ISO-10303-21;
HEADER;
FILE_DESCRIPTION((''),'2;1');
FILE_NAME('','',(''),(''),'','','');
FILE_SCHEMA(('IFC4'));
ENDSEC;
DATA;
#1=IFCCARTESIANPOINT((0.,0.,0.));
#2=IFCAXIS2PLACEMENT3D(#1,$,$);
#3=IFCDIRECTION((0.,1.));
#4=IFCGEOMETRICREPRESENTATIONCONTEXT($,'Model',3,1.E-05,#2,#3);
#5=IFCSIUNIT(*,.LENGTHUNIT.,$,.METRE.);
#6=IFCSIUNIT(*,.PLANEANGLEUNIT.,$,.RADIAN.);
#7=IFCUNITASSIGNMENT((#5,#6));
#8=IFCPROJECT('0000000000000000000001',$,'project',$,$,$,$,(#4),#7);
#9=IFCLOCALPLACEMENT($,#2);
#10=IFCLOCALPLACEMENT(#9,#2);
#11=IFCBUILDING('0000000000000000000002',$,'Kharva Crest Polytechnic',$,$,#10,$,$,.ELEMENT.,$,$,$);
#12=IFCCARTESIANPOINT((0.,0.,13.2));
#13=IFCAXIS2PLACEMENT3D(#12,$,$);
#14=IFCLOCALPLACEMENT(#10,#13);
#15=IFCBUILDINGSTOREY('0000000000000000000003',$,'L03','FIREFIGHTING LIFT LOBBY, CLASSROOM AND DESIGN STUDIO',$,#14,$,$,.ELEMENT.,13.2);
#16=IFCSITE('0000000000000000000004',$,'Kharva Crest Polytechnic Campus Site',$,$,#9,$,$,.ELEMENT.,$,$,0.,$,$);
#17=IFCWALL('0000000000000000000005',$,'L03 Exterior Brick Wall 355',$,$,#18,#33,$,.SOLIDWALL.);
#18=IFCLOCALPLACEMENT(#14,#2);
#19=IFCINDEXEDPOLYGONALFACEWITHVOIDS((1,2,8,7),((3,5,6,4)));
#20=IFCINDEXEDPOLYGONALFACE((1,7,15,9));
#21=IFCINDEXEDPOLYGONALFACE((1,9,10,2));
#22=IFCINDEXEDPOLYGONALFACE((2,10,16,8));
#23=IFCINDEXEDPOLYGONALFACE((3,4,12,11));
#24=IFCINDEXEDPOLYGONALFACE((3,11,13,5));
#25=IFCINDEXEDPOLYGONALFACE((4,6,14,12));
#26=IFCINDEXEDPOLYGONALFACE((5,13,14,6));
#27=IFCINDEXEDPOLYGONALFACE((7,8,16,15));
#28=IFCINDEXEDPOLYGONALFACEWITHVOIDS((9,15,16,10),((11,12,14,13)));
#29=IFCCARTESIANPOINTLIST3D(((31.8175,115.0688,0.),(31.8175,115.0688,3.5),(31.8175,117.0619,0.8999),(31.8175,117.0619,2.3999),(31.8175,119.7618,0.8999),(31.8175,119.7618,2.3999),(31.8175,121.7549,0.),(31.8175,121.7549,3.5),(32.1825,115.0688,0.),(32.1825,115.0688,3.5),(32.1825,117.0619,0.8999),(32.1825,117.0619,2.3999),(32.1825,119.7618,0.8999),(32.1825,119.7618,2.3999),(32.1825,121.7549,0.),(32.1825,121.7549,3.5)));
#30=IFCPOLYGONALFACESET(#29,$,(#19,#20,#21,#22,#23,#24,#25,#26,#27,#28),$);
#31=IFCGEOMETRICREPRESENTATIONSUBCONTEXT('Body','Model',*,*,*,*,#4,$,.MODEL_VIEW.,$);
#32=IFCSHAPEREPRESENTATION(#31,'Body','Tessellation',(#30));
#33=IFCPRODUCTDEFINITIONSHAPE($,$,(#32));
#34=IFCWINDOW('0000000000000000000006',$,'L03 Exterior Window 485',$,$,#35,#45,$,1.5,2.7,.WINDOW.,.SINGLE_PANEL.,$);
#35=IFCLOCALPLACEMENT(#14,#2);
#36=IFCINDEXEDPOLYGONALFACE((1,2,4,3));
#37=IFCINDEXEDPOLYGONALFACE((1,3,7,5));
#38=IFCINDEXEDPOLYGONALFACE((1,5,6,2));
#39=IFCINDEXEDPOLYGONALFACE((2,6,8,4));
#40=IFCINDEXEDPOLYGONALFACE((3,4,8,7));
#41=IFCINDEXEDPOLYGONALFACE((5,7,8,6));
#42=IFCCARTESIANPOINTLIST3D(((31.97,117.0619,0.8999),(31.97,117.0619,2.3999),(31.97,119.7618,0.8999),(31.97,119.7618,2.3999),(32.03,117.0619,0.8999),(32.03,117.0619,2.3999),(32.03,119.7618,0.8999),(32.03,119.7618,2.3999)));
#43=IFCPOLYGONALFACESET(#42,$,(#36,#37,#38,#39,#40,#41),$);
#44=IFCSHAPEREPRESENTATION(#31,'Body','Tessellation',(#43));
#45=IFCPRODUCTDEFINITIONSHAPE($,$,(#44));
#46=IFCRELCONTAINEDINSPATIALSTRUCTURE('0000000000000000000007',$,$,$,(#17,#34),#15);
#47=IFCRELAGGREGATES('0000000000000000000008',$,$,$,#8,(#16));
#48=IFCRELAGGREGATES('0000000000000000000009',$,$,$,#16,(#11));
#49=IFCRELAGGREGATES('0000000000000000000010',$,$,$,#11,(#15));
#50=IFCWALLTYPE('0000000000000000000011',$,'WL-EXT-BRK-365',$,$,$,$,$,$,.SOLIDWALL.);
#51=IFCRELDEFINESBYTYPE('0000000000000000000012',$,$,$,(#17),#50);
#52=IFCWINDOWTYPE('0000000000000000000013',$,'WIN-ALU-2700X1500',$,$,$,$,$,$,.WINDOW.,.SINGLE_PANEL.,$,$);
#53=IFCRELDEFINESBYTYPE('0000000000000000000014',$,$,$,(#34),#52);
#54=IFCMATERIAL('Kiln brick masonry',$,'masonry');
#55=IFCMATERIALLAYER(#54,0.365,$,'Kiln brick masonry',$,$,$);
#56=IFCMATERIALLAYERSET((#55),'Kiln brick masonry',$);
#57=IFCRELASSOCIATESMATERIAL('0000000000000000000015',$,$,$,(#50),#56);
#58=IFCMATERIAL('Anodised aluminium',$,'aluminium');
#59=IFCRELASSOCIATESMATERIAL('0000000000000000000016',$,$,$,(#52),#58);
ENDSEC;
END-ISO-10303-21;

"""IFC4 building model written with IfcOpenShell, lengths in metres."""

from ifc_helpers import new_model, si_unit, direction, frame, frame_2d, origin, place, context, subcontext, project, spatial, rectangle, extrude, material, layer, layer_set, type_object, element, fill, save


model = new_model("IFC4")

# Units and contexts
model_context = context("Model", 3, precision=1e-05, world=origin(), true_north=direction((0.0, 1.0)))
body_context = subcontext(model_context, "Body", "Model", "MODEL_VIEW")
ifc_project = project(units=[si_unit("LENGTHUNIT", "METRE"), si_unit("PLANEANGLEUNIT", "RADIAN")], contexts=[model_context])

# Site, building, storey
site_placement = place(None, origin())
site = spatial("IfcSite", under=ifc_project, at=site_placement, Name="Kharva Crest Polytechnic Campus Site", CompositionType="ELEMENT", RefElevation=0.0)
building_placement = place(site_placement, origin())
building = spatial("IfcBuilding", under=site, at=building_placement, Name="Kharva Crest Polytechnic", CompositionType="ELEMENT")
storey_placement = place(building_placement, frame((0.0, 0.0, 13.2)))
storey = spatial("IfcBuildingStorey", under=building, at=storey_placement, Name="L03", Description="FIREFIGHTING LIFT LOBBY, CLASSROOM AND DESIGN STUDIO", CompositionType="ELEMENT", Elevation=13.2)

# Wall, opening, window
ifc_material_1 = material(Name="Kiln brick masonry", Category="masonry")
ifc_layer_1 = layer(ifc_material_1, 0.365, Name="Kiln brick masonry")
ifc_layer_set_1 = layer_set([ifc_layer_1], Name="Kiln brick masonry")
wall_type = type_object("IfcWallType", Name="WL-EXT-BRK-365", PredefinedType="SOLIDWALL", material=ifc_layer_set_1)
wall_placement = place(storey_placement, frame((32.0, 121.7549, 0.0), z_axis=(0.0, 0.0, 1.0), x_axis=(0.0, -1.0, 0.0)))
wall = element("IfcWall", 1, at=wall_placement, inside=storey, type_object=wall_type, Name="L03 Exterior Brick Wall 355", PredefinedType="SOLIDWALL", context=body_context, shape_type="SweptSolid", body=[
    extrude(rectangle(XDim=6.686, YDim=0.365, at=frame_2d((3.343, 0.0))), origin(), (0.0, 0.0, 1.0), 3.5),
])
opening_placement = place(wall_placement, frame((1.9929, 0.0, 0.8999)))
opening = element("IfcOpeningElement", 2, at=opening_placement, cuts=wall, PredefinedType="OPENING", context=body_context, shape_type="SweptSolid", body=[
    extrude(rectangle(XDim=2.7, YDim=1.5, at=frame_2d((1.3501, 0.75))), frame((0.0, 0.1924, 0.0), z_axis=(0.0, -1.0, 0.0), x_axis=(1.0, 0.0, 0.0)), (0.0, 0.0, 1.0), 0.385),
])
ifc_material_2 = material(Name="Anodised aluminium", Category="aluminium")
window_type = type_object("IfcWindowType", Name="WIN-ALU-2700X1500", PartitioningType="SINGLE_PANEL", PredefinedType="WINDOW", material=ifc_material_2)
window_placement = place(opening_placement, origin())
window = element("IfcWindow", 3, at=window_placement, inside=storey, type_object=window_type, Name="L03 Exterior Window 485", OverallHeight=1.5, OverallWidth=2.7, PartitioningType="SINGLE_PANEL", PredefinedType="WINDOW", context=body_context, shape_type="SweptSolid", body=[
    extrude(rectangle(XDim=2.7, YDim=1.5, at=frame_2d((1.3501, 0.75))), frame((0.0, 0.03, 0.0), z_axis=(0.0, -1.0, 0.0), x_axis=(1.0, 0.0, 0.0)), (0.0, 0.0, 1.0), 0.0601),
])
fill(opening, window)

save(model, "model.ifc")
